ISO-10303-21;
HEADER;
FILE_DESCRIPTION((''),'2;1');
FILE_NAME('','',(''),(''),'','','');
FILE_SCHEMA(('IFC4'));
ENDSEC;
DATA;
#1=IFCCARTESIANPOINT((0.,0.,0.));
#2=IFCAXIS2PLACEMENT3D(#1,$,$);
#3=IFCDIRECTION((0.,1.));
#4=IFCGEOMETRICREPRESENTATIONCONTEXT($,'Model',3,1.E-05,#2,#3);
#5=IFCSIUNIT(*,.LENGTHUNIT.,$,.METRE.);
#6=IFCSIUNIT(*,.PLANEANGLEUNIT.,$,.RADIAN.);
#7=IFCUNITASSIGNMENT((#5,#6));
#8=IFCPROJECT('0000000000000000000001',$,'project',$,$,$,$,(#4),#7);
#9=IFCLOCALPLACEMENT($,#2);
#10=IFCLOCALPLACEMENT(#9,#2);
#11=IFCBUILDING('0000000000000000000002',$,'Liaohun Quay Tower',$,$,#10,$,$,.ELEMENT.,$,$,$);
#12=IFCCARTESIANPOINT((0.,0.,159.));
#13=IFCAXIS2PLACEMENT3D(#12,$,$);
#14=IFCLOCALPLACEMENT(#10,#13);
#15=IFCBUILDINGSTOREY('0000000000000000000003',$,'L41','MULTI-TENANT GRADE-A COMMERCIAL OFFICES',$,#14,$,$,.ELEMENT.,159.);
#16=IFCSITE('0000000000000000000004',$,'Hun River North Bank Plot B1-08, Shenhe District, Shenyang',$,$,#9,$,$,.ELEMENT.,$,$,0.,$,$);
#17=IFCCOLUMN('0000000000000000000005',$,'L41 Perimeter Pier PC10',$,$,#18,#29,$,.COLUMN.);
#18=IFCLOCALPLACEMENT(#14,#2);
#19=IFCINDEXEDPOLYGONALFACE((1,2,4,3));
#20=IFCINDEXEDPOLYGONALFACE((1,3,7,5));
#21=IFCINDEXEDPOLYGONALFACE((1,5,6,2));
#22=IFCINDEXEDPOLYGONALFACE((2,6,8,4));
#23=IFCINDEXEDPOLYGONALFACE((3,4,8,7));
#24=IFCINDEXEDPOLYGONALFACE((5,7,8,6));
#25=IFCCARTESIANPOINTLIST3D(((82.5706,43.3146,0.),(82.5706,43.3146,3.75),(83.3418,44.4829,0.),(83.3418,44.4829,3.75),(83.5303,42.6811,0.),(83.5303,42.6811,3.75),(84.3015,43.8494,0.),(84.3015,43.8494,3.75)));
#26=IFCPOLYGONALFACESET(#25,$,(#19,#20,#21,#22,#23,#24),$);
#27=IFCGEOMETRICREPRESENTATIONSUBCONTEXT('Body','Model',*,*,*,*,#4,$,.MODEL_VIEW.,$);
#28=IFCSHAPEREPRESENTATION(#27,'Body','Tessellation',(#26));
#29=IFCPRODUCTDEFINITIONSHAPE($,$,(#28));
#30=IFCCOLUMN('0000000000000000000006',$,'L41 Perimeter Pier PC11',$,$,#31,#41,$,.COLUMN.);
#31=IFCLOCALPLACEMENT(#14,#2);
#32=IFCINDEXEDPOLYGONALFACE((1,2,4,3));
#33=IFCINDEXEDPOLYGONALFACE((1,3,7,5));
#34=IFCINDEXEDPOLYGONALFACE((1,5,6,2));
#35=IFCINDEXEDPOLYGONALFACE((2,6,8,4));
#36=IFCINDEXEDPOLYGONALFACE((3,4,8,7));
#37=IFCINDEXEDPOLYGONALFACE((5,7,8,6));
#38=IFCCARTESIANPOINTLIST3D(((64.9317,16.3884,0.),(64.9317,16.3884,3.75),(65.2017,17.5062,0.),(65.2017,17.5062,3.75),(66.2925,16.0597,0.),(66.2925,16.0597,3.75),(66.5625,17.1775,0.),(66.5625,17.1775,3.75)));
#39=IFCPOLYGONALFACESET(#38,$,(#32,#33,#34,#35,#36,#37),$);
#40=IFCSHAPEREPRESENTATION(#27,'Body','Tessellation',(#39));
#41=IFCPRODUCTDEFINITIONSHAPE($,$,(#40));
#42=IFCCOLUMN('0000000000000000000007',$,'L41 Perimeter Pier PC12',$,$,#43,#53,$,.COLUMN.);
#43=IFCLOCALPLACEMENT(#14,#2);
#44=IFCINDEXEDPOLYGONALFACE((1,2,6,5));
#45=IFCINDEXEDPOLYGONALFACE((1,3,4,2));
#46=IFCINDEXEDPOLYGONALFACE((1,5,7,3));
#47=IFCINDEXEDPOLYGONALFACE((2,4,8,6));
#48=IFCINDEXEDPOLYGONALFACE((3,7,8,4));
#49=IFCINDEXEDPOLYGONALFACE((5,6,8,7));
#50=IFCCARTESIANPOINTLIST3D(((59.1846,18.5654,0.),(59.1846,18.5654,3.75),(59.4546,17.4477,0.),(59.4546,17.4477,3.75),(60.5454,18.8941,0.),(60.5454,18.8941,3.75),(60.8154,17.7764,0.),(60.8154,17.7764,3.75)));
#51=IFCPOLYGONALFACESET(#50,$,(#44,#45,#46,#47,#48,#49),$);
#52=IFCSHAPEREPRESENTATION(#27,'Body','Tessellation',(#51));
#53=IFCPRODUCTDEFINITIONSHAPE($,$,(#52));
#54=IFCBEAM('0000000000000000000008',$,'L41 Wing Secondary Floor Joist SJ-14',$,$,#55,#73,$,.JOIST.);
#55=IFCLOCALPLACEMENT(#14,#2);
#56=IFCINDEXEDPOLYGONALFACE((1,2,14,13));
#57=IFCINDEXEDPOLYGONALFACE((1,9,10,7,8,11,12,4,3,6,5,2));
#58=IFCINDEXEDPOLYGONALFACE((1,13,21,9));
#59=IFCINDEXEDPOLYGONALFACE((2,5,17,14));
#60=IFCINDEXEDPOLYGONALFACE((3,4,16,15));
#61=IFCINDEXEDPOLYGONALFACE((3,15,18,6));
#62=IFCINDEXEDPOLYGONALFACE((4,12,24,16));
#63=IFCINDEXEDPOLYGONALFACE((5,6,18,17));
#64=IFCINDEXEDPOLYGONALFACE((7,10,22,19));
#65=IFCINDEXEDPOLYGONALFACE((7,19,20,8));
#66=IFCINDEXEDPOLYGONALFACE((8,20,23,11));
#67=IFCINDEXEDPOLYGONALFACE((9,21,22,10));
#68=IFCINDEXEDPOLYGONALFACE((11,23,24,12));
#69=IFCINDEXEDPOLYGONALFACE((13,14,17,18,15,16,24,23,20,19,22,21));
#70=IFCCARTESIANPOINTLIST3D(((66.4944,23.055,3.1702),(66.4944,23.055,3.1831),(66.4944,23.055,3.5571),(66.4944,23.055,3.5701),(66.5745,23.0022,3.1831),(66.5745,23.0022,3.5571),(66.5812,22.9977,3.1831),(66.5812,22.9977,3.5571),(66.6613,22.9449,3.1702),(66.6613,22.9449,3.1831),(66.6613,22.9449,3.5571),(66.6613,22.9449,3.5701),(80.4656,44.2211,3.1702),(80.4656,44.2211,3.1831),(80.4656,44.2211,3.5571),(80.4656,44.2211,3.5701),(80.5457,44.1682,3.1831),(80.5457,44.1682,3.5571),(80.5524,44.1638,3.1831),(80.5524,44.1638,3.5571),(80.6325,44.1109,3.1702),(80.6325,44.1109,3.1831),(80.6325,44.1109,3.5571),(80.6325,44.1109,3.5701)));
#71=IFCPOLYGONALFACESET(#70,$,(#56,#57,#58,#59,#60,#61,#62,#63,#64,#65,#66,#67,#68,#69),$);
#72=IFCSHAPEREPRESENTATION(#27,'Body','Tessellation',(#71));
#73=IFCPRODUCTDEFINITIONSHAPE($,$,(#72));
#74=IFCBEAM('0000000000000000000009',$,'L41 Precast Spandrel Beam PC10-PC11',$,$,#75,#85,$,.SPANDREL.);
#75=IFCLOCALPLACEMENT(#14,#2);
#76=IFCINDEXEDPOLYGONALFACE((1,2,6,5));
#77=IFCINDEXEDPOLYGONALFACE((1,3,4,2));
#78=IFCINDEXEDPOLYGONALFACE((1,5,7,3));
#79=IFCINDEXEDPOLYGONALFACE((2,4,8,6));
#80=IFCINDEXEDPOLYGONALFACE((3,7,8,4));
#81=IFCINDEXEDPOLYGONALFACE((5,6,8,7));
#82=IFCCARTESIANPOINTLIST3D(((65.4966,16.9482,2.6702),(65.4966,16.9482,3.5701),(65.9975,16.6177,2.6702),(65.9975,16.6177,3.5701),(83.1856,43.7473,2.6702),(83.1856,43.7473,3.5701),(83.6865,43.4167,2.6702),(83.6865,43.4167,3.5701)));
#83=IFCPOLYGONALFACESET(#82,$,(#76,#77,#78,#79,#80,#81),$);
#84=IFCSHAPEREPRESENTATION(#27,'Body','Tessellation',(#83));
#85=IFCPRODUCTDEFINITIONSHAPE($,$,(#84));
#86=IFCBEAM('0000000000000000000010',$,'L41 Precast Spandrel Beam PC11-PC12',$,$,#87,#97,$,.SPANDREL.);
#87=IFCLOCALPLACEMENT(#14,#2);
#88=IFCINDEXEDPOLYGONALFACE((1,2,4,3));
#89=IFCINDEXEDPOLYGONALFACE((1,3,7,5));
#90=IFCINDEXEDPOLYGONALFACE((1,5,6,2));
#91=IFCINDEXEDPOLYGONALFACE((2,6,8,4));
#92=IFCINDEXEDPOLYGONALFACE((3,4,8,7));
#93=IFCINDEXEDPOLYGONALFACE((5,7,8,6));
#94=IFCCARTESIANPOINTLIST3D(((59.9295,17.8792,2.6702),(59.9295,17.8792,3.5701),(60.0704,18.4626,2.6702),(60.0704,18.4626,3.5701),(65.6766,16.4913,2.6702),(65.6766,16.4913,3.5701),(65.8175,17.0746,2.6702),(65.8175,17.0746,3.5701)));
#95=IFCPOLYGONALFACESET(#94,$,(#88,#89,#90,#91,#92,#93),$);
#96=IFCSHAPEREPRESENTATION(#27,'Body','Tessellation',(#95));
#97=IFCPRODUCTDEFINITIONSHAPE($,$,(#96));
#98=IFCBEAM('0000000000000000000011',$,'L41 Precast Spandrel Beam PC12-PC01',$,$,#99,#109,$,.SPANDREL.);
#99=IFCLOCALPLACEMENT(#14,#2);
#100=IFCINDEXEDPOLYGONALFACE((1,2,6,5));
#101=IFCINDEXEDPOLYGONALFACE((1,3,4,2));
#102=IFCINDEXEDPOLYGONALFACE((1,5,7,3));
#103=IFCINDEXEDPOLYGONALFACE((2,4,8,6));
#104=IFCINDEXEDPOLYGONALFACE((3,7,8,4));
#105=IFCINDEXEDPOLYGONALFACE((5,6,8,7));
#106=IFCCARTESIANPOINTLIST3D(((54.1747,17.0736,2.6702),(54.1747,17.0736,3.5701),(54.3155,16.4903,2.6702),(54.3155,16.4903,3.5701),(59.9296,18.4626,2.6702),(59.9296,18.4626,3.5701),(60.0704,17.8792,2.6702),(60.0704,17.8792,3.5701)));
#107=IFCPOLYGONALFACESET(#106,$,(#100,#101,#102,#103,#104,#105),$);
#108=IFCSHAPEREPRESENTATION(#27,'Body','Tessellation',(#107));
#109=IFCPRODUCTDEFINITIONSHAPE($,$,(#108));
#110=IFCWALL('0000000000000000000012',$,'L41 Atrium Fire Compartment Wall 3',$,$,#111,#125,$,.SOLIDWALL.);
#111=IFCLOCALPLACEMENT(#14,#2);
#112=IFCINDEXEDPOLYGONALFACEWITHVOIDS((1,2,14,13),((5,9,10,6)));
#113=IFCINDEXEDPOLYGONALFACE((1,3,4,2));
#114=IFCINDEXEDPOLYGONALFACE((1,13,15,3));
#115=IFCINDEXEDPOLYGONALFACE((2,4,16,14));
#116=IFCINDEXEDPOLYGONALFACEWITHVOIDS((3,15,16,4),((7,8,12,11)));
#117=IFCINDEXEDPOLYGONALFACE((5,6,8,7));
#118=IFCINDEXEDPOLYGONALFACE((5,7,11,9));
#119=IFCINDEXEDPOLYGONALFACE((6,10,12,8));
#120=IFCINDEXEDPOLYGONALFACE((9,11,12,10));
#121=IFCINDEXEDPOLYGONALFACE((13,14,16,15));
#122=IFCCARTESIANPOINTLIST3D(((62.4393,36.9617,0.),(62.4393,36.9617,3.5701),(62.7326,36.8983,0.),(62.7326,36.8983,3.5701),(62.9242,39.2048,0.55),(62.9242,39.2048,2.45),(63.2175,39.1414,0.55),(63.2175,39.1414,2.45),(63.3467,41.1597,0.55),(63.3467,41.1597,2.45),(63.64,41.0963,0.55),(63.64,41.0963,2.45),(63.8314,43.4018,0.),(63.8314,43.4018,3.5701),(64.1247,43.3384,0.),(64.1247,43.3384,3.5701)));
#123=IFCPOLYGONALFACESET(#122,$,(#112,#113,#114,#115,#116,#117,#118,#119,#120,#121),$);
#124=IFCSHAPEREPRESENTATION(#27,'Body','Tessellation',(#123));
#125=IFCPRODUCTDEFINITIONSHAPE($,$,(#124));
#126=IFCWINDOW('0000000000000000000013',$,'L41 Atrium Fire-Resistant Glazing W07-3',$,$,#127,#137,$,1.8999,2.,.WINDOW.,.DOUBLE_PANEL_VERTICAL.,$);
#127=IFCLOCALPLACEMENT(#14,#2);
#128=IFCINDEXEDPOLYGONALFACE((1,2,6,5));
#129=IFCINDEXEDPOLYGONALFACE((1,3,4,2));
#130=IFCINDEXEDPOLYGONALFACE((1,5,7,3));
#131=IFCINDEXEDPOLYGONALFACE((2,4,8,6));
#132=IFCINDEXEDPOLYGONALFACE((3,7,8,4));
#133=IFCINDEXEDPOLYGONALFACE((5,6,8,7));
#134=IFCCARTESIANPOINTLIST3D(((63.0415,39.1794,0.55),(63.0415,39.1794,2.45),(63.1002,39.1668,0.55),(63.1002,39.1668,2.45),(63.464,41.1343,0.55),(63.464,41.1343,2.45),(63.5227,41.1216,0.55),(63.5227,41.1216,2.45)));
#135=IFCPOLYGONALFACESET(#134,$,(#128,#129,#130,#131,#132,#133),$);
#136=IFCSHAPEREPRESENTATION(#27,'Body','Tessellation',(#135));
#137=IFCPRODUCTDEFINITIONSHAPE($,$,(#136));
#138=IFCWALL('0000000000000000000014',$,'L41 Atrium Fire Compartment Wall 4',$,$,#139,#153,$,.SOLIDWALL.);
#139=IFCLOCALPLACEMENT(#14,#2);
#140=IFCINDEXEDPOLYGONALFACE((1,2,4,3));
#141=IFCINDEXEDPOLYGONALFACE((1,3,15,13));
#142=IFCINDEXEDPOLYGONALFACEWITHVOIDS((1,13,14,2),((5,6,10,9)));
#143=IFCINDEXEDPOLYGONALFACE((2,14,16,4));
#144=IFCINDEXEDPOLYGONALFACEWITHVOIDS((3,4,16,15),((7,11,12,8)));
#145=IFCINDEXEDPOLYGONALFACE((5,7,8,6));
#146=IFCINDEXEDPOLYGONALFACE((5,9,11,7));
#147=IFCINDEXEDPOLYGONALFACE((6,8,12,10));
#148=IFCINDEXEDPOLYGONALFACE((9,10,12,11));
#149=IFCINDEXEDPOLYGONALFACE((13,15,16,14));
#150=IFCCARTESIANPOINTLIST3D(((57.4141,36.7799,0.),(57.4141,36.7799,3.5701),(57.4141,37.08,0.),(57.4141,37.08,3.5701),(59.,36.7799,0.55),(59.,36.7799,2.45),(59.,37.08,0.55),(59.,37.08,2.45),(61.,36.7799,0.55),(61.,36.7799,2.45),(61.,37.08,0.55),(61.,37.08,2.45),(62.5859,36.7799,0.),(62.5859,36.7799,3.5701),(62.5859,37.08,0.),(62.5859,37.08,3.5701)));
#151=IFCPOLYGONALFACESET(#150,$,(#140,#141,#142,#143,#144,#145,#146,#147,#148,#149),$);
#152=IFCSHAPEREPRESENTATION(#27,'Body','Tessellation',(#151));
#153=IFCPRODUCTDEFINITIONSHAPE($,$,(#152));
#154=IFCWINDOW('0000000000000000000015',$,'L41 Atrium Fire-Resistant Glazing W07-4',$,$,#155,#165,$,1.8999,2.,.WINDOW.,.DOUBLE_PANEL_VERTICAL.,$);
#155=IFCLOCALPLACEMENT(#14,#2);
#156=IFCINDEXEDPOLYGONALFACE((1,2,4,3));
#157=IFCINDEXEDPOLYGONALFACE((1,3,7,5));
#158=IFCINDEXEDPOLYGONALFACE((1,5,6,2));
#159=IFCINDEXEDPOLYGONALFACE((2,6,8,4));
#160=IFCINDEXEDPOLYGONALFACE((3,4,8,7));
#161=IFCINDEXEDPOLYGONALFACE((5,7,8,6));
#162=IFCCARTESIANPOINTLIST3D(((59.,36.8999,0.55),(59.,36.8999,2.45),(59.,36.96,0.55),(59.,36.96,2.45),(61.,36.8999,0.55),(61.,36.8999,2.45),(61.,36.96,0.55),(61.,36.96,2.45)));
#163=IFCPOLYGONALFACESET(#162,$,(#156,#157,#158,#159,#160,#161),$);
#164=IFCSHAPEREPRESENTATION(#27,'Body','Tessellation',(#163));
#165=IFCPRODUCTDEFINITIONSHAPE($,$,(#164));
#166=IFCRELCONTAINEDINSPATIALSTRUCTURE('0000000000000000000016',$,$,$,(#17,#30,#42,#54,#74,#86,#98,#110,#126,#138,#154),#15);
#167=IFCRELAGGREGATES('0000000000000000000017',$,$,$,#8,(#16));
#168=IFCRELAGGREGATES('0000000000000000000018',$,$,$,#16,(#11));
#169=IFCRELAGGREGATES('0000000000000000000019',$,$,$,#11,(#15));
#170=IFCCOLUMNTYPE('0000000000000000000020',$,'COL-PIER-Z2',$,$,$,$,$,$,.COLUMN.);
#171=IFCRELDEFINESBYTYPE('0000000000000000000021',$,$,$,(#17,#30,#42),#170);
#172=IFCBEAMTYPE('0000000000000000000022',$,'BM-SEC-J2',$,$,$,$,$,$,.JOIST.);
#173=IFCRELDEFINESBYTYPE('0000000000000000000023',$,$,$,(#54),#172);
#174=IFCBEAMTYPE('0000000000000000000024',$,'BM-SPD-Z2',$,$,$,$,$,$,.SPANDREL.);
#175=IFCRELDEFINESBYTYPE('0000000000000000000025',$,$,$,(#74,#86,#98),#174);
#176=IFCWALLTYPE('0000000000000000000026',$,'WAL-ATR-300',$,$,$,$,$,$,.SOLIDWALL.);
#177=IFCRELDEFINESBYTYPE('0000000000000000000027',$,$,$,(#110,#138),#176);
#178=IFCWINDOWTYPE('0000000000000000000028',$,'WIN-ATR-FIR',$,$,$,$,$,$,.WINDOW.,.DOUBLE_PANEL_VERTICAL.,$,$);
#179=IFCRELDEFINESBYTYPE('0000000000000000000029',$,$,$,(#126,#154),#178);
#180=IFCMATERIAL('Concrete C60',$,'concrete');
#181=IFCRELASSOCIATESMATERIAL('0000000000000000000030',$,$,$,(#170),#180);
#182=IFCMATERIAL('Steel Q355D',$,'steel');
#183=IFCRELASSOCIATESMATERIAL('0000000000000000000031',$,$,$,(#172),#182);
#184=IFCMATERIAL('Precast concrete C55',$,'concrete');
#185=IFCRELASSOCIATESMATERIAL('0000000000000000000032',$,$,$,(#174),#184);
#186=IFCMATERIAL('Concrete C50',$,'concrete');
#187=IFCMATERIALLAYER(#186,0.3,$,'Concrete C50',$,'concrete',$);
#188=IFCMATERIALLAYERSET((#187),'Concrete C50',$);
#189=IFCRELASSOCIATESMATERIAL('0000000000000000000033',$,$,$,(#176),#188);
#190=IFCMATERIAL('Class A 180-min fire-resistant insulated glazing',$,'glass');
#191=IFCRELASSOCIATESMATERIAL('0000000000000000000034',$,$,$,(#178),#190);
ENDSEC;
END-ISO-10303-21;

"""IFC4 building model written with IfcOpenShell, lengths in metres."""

from ifc_helpers import new_model, si_unit, direction, frame, frame_2d, origin, origin_2d, place, context, subcontext, project, spatial, rectangle, i_section, extrude, source, transform, mapped, material, layer, layer_set, material_profile, profile_set, type_object, element, fill, save


model = new_model("IFC4")

# Units and contexts
model_context = context("Model", 3, precision=1e-05, world=origin(), true_north=direction((0.0, 1.0)))
body_context = subcontext(model_context, "Body", "Model", "MODEL_VIEW")
ifc_project = project(units=[si_unit("LENGTHUNIT", "METRE"), si_unit("PLANEANGLEUNIT", "RADIAN")], contexts=[model_context])

# Site, building, storey
site_placement = place(None, origin())
site = spatial("IfcSite", under=ifc_project, at=site_placement, Name="Hun River North Bank Plot B1-08, Shenhe District, Shenyang", CompositionType="ELEMENT", RefElevation=0.0)
building_placement = place(site_placement, origin())
building = spatial("IfcBuilding", under=site, at=building_placement, Name="Liaohun Quay Tower", CompositionType="ELEMENT")
storey_placement = place(building_placement, frame((0.0, 0.0, 159.0)))
storey = spatial("IfcBuildingStorey", under=building, at=storey_placement, Name="L41", Description="MULTI-TENANT GRADE-A COMMERCIAL OFFICES", CompositionType="ELEMENT", Elevation=159.0)

# Columns
ifc_material_1 = material(Name="Concrete C60", Category="concrete")
ifc_material_profile_1 = material_profile(ifc_material_1, rectangle(XDim=1.3999, YDim=1.1499, at=origin_2d()), Name="RC1400x1150")
ifc_profile_set_1 = profile_set([ifc_material_profile_1], Name="Concrete C60")
column_type = type_object("IfcColumnType", Name="COL-PIER-Z2", PredefinedType="COLUMN", material=ifc_profile_set_1)
shared_shape_1 = source(origin(), body_context, "Body", "SweptSolid", [
    extrude(rectangle(XDim=1.3999, YDim=1.1499, at=origin_2d()), origin(), (0.0, 0.0, 1.0), 3.75),
])
for number, where, z_axis, x_axis, name in (
    (1, (83.436, 43.582, 0.0), (0.0, 0.0, 1.0), (0.550918, 0.83456, 0.0), "L41 Perimeter Pier PC10"),
    (2, (65.7471, 16.783, 0.0), (0.0, 0.0, 1.0), (-0.972043, 0.234803, 0.0), "L41 Perimeter Pier PC11"),
    (3, (60.0, 18.1709, 0.0), (0.0, 0.0, 1.0), (0.972043, 0.234803, 0.0), "L41 Perimeter Pier PC12"),
):
    element("IfcColumn", number, at=place(storey_placement, frame(where, z_axis=z_axis, x_axis=x_axis)), inside=storey, type_object=column_type, Name=name, PredefinedType="COLUMN", context=body_context, shape_type="MappedRepresentation", body=[
        mapped(shared_shape_1, transform((0.0, 0.0, 0.0), x_axis=(1.0, 0.0, 0.0), y_axis=(0.0, 1.0, 0.0), z_axis=(0.0, 0.0, 1.0), scale=1.0)),
    ])

# Beams
ifc_material_2 = material(Name="Steel Q355D", Category="steel")
ifc_material_profile_2 = material_profile(ifc_material_2, i_section(OverallWidth=0.2, OverallDepth=0.3999, WebThickness=0.0081, FlangeThickness=0.0129, at=origin_2d()), Name="HN400x200x8x13")
ifc_profile_set_2 = profile_set([ifc_material_profile_2], Name="Steel Q355D")
beam_type_1 = type_object("IfcBeamType", Name="BM-SEC-J2", PredefinedType="JOIST", material=ifc_profile_set_2)
shared_shape_2 = source(origin(), body_context, "Body", "SweptSolid", [
    extrude(i_section(OverallWidth=0.2, OverallDepth=0.3999, WebThickness=0.0081, FlangeThickness=0.0129, at=origin_2d()), origin(), (0.0, 0.0, 1.0), 25.3613),
])
beam_1_placement = place(storey_placement, frame((80.5491, 44.166, 3.3701), z_axis=(-0.550887, -0.83458, 0.0), x_axis=(0.83458, -0.550887, 0.0)))
element("IfcBeam", 4, at=beam_1_placement, inside=storey, type_object=beam_type_1, Name="L41 Wing Secondary Floor Joist SJ-14", PredefinedType="JOIST", context=body_context, shape_type="MappedRepresentation", body=[
    mapped(shared_shape_2, transform((0.0, 0.0, 0.0), x_axis=(1.0, 0.0, 0.0), y_axis=(0.0, 1.0, 0.0), z_axis=(0.0, 0.0, 1.0), scale=1.0)),
])
ifc_material_3 = material(Name="Precast concrete C55", Category="concrete")
ifc_material_profile_3 = material_profile(ifc_material_3, rectangle(XDim=0.6001, YDim=0.8999, at=origin_2d()), Name="RC600x900")
ifc_profile_set_3 = profile_set([ifc_material_profile_3], Name="Precast concrete C55")
beam_type_2 = type_object("IfcBeamType", Name="BM-SPD-Z2", PredefinedType="SPANDREL", material=ifc_profile_set_3)
shared_shape_3 = source(origin(), body_context, "Body", "SweptSolid", [
    extrude(rectangle(XDim=0.6001, YDim=0.8999, at=origin_2d()), origin(), (0.0, 0.0, 1.0), 32.1106),
])
beam_2_placement = place(storey_placement, frame((83.436, 43.582, 3.1201), z_axis=(-0.550876, -0.834587, 0.0), x_axis=(0.834587, -0.550876, 0.0)))
element("IfcBeam", 5, at=beam_2_placement, inside=storey, type_object=beam_type_2, Name="L41 Precast Spandrel Beam PC10-PC11", PredefinedType="SPANDREL", context=body_context, shape_type="MappedRepresentation", body=[
    mapped(shared_shape_3, transform((0.0, 0.0, 0.0), x_axis=(1.0, 0.0, 0.0), y_axis=(0.0, 1.0, 0.0), z_axis=(0.0, 0.0, 1.0), scale=1.0)),
])
shared_shape_4 = source(origin(), body_context, "Body", "SweptSolid", [
    extrude(rectangle(XDim=0.6001, YDim=0.8999, at=origin_2d()), origin(), (0.0, 0.0, 1.0), 5.9124),
])
beam_3_placement = place(storey_placement, frame((65.7471, 16.783, 3.1201), z_axis=(-0.972055, 0.234755, 0.0), x_axis=(-0.234755, -0.972055, 0.0)))
element("IfcBeam", 6, at=beam_3_placement, inside=storey, type_object=beam_type_2, Name="L41 Precast Spandrel Beam PC11-PC12", PredefinedType="SPANDREL", context=body_context, shape_type="MappedRepresentation", body=[
    mapped(shared_shape_4, transform((0.0, 0.0, 0.0), x_axis=(1.0, 0.0, 0.0), y_axis=(0.0, 1.0, 0.0), z_axis=(0.0, 0.0, 1.0), scale=1.0)),
])
shared_shape_5 = source(origin(), body_context, "Body", "SweptSolid", [
    extrude(rectangle(XDim=0.6001, YDim=0.8999, at=origin_2d()), origin(), (0.0, 0.0, 1.0), 5.9202),
])
beam_4_placement = place(storey_placement, frame((60.0, 18.1709, 3.1201), z_axis=(-0.97209, -0.23461, 0.0), x_axis=(0.23461, -0.97209, 0.0)))
element("IfcBeam", 7, at=beam_4_placement, inside=storey, type_object=beam_type_2, Name="L41 Precast Spandrel Beam PC12-PC01", PredefinedType="SPANDREL", context=body_context, shape_type="MappedRepresentation", body=[
    mapped(shared_shape_5, transform((0.0, 0.0, 0.0), x_axis=(1.0, 0.0, 0.0), y_axis=(0.0, 1.0, 0.0), z_axis=(0.0, 0.0, 1.0), scale=1.0)),
])

# Walls, openings, windows
ifc_material_4 = material(Name="Concrete C50", Category="concrete")
ifc_layer_1 = layer(ifc_material_4, 0.3, Name="Concrete C50", Category="concrete")
ifc_layer_set_1 = layer_set([ifc_layer_1], Name="Concrete C50")
wall_type_1 = type_object("IfcWallType", Name="WAL-ATR-300", PredefinedType="SOLIDWALL", material=ifc_layer_set_1)
wall_1_placement = place(storey_placement, frame((63.978, 43.3701, 0.0), z_axis=(0.0, 0.0, 1.0), x_axis=(-0.211277, -0.977426, 0.0)))
wall_1 = element("IfcWall", 8, at=wall_1_placement, inside=storey, type_object=wall_type_1, Name="L41 Atrium Fire Compartment Wall 3", PredefinedType="SOLIDWALL", context=body_context, shape_type="SweptSolid", body=[
    extrude(rectangle(XDim=6.5889, YDim=0.3, at=frame_2d((3.2944, 0.0))), origin(), (0.0, 0.0, 1.0), 3.5701),
])
shared_shape_6 = source(origin(), body_context, "Body", "SweptSolid", [
    extrude(rectangle(XDim=2.0, YDim=1.8999, at=frame_2d((1.0, 0.95))), frame((0.0, 0.1599, 0.0), z_axis=(0.0, -1.0, 0.0), x_axis=(1.0, 0.0, 0.0)), (0.0, 0.0, 1.0), 0.3201),
])
opening_1_placement = place(wall_1_placement, frame((2.2939, 0.0, 0.55)))
opening_1 = element("IfcOpeningElement", 9, at=opening_1_placement, cuts=wall_1, PredefinedType="OPENING", context=body_context, shape_type="MappedRepresentation", body=[
    mapped(shared_shape_6, transform((0.0, 0.0, 0.0), x_axis=(1.0, 0.0, 0.0), y_axis=(0.0, 1.0, 0.0), z_axis=(0.0, 0.0, 1.0), scale=1.0)),
])
ifc_material_5 = material(Name="Class A 180-min fire-resistant insulated glazing", Category="glass")
window_type_1 = type_object("IfcWindowType", Name="WIN-ATR-FIR", PartitioningType="DOUBLE_PANEL_VERTICAL", PredefinedType="WINDOW", material=ifc_material_5)
shared_shape_7 = source(origin(), body_context, "Body", "SweptSolid", [
    extrude(rectangle(XDim=2.0, YDim=1.8999, at=frame_2d((1.0, 0.95))), frame((0.0, 0.03, 0.0), z_axis=(0.0, -1.0, 0.0), x_axis=(1.0, 0.0, 0.0)), (0.0, 0.0, 1.0), 0.0601),
])
window_1_placement = place(opening_1_placement, origin())
window_1 = element("IfcWindow", 10, at=window_1_placement, inside=storey, type_object=window_type_1, Name="L41 Atrium Fire-Resistant Glazing W07-3", OverallHeight=1.8999, OverallWidth=2.0, PartitioningType="DOUBLE_PANEL_VERTICAL", PredefinedType="WINDOW", context=body_context, shape_type="MappedRepresentation", body=[
    mapped(shared_shape_7, transform((0.0, 0.0, 0.0), x_axis=(1.0, 0.0, 0.0), y_axis=(0.0, 1.0, 0.0), z_axis=(0.0, 0.0, 1.0), scale=1.0)),
])
fill(opening_1, window_1)
wall_2_placement = place(storey_placement, frame((62.5859, 36.9299, 0.0), z_axis=(0.0, 0.0, 1.0), x_axis=(-1.0, 0.0, 0.0)))
wall_2 = element("IfcWall", 11, at=wall_2_placement, inside=storey, type_object=wall_type_1, Name="L41 Atrium Fire Compartment Wall 4", PredefinedType="SOLIDWALL", context=body_context, shape_type="SweptSolid", body=[
    extrude(rectangle(XDim=5.1719, YDim=0.3, at=frame_2d((2.5859, 0.0))), origin(), (0.0, 0.0, 1.0), 3.5701),
])
opening_2_placement = place(wall_2_placement, frame((1.5859, 0.0, 0.55)))
opening_2 = element("IfcOpeningElement", 12, at=opening_2_placement, cuts=wall_2, PredefinedType="OPENING", context=body_context, shape_type="MappedRepresentation", body=[
    mapped(shared_shape_6, transform((0.0, 0.0, 0.0), x_axis=(1.0, 0.0, 0.0), y_axis=(0.0, 1.0, 0.0), z_axis=(0.0, 0.0, 1.0), scale=1.0)),
])
window_2_placement = place(opening_2_placement, origin())
window_2 = element("IfcWindow", 13, at=window_2_placement, inside=storey, type_object=window_type_1, Name="L41 Atrium Fire-Resistant Glazing W07-4", OverallHeight=1.8999, OverallWidth=2.0, PartitioningType="DOUBLE_PANEL_VERTICAL", PredefinedType="WINDOW", context=body_context, shape_type="MappedRepresentation", body=[
    mapped(shared_shape_7, transform((0.0, 0.0, 0.0), x_axis=(1.0, 0.0, 0.0), y_axis=(0.0, 1.0, 0.0), z_axis=(0.0, 0.0, 1.0), scale=1.0)),
])
fill(opening_2, window_2)

save(model, "model.ifc")
